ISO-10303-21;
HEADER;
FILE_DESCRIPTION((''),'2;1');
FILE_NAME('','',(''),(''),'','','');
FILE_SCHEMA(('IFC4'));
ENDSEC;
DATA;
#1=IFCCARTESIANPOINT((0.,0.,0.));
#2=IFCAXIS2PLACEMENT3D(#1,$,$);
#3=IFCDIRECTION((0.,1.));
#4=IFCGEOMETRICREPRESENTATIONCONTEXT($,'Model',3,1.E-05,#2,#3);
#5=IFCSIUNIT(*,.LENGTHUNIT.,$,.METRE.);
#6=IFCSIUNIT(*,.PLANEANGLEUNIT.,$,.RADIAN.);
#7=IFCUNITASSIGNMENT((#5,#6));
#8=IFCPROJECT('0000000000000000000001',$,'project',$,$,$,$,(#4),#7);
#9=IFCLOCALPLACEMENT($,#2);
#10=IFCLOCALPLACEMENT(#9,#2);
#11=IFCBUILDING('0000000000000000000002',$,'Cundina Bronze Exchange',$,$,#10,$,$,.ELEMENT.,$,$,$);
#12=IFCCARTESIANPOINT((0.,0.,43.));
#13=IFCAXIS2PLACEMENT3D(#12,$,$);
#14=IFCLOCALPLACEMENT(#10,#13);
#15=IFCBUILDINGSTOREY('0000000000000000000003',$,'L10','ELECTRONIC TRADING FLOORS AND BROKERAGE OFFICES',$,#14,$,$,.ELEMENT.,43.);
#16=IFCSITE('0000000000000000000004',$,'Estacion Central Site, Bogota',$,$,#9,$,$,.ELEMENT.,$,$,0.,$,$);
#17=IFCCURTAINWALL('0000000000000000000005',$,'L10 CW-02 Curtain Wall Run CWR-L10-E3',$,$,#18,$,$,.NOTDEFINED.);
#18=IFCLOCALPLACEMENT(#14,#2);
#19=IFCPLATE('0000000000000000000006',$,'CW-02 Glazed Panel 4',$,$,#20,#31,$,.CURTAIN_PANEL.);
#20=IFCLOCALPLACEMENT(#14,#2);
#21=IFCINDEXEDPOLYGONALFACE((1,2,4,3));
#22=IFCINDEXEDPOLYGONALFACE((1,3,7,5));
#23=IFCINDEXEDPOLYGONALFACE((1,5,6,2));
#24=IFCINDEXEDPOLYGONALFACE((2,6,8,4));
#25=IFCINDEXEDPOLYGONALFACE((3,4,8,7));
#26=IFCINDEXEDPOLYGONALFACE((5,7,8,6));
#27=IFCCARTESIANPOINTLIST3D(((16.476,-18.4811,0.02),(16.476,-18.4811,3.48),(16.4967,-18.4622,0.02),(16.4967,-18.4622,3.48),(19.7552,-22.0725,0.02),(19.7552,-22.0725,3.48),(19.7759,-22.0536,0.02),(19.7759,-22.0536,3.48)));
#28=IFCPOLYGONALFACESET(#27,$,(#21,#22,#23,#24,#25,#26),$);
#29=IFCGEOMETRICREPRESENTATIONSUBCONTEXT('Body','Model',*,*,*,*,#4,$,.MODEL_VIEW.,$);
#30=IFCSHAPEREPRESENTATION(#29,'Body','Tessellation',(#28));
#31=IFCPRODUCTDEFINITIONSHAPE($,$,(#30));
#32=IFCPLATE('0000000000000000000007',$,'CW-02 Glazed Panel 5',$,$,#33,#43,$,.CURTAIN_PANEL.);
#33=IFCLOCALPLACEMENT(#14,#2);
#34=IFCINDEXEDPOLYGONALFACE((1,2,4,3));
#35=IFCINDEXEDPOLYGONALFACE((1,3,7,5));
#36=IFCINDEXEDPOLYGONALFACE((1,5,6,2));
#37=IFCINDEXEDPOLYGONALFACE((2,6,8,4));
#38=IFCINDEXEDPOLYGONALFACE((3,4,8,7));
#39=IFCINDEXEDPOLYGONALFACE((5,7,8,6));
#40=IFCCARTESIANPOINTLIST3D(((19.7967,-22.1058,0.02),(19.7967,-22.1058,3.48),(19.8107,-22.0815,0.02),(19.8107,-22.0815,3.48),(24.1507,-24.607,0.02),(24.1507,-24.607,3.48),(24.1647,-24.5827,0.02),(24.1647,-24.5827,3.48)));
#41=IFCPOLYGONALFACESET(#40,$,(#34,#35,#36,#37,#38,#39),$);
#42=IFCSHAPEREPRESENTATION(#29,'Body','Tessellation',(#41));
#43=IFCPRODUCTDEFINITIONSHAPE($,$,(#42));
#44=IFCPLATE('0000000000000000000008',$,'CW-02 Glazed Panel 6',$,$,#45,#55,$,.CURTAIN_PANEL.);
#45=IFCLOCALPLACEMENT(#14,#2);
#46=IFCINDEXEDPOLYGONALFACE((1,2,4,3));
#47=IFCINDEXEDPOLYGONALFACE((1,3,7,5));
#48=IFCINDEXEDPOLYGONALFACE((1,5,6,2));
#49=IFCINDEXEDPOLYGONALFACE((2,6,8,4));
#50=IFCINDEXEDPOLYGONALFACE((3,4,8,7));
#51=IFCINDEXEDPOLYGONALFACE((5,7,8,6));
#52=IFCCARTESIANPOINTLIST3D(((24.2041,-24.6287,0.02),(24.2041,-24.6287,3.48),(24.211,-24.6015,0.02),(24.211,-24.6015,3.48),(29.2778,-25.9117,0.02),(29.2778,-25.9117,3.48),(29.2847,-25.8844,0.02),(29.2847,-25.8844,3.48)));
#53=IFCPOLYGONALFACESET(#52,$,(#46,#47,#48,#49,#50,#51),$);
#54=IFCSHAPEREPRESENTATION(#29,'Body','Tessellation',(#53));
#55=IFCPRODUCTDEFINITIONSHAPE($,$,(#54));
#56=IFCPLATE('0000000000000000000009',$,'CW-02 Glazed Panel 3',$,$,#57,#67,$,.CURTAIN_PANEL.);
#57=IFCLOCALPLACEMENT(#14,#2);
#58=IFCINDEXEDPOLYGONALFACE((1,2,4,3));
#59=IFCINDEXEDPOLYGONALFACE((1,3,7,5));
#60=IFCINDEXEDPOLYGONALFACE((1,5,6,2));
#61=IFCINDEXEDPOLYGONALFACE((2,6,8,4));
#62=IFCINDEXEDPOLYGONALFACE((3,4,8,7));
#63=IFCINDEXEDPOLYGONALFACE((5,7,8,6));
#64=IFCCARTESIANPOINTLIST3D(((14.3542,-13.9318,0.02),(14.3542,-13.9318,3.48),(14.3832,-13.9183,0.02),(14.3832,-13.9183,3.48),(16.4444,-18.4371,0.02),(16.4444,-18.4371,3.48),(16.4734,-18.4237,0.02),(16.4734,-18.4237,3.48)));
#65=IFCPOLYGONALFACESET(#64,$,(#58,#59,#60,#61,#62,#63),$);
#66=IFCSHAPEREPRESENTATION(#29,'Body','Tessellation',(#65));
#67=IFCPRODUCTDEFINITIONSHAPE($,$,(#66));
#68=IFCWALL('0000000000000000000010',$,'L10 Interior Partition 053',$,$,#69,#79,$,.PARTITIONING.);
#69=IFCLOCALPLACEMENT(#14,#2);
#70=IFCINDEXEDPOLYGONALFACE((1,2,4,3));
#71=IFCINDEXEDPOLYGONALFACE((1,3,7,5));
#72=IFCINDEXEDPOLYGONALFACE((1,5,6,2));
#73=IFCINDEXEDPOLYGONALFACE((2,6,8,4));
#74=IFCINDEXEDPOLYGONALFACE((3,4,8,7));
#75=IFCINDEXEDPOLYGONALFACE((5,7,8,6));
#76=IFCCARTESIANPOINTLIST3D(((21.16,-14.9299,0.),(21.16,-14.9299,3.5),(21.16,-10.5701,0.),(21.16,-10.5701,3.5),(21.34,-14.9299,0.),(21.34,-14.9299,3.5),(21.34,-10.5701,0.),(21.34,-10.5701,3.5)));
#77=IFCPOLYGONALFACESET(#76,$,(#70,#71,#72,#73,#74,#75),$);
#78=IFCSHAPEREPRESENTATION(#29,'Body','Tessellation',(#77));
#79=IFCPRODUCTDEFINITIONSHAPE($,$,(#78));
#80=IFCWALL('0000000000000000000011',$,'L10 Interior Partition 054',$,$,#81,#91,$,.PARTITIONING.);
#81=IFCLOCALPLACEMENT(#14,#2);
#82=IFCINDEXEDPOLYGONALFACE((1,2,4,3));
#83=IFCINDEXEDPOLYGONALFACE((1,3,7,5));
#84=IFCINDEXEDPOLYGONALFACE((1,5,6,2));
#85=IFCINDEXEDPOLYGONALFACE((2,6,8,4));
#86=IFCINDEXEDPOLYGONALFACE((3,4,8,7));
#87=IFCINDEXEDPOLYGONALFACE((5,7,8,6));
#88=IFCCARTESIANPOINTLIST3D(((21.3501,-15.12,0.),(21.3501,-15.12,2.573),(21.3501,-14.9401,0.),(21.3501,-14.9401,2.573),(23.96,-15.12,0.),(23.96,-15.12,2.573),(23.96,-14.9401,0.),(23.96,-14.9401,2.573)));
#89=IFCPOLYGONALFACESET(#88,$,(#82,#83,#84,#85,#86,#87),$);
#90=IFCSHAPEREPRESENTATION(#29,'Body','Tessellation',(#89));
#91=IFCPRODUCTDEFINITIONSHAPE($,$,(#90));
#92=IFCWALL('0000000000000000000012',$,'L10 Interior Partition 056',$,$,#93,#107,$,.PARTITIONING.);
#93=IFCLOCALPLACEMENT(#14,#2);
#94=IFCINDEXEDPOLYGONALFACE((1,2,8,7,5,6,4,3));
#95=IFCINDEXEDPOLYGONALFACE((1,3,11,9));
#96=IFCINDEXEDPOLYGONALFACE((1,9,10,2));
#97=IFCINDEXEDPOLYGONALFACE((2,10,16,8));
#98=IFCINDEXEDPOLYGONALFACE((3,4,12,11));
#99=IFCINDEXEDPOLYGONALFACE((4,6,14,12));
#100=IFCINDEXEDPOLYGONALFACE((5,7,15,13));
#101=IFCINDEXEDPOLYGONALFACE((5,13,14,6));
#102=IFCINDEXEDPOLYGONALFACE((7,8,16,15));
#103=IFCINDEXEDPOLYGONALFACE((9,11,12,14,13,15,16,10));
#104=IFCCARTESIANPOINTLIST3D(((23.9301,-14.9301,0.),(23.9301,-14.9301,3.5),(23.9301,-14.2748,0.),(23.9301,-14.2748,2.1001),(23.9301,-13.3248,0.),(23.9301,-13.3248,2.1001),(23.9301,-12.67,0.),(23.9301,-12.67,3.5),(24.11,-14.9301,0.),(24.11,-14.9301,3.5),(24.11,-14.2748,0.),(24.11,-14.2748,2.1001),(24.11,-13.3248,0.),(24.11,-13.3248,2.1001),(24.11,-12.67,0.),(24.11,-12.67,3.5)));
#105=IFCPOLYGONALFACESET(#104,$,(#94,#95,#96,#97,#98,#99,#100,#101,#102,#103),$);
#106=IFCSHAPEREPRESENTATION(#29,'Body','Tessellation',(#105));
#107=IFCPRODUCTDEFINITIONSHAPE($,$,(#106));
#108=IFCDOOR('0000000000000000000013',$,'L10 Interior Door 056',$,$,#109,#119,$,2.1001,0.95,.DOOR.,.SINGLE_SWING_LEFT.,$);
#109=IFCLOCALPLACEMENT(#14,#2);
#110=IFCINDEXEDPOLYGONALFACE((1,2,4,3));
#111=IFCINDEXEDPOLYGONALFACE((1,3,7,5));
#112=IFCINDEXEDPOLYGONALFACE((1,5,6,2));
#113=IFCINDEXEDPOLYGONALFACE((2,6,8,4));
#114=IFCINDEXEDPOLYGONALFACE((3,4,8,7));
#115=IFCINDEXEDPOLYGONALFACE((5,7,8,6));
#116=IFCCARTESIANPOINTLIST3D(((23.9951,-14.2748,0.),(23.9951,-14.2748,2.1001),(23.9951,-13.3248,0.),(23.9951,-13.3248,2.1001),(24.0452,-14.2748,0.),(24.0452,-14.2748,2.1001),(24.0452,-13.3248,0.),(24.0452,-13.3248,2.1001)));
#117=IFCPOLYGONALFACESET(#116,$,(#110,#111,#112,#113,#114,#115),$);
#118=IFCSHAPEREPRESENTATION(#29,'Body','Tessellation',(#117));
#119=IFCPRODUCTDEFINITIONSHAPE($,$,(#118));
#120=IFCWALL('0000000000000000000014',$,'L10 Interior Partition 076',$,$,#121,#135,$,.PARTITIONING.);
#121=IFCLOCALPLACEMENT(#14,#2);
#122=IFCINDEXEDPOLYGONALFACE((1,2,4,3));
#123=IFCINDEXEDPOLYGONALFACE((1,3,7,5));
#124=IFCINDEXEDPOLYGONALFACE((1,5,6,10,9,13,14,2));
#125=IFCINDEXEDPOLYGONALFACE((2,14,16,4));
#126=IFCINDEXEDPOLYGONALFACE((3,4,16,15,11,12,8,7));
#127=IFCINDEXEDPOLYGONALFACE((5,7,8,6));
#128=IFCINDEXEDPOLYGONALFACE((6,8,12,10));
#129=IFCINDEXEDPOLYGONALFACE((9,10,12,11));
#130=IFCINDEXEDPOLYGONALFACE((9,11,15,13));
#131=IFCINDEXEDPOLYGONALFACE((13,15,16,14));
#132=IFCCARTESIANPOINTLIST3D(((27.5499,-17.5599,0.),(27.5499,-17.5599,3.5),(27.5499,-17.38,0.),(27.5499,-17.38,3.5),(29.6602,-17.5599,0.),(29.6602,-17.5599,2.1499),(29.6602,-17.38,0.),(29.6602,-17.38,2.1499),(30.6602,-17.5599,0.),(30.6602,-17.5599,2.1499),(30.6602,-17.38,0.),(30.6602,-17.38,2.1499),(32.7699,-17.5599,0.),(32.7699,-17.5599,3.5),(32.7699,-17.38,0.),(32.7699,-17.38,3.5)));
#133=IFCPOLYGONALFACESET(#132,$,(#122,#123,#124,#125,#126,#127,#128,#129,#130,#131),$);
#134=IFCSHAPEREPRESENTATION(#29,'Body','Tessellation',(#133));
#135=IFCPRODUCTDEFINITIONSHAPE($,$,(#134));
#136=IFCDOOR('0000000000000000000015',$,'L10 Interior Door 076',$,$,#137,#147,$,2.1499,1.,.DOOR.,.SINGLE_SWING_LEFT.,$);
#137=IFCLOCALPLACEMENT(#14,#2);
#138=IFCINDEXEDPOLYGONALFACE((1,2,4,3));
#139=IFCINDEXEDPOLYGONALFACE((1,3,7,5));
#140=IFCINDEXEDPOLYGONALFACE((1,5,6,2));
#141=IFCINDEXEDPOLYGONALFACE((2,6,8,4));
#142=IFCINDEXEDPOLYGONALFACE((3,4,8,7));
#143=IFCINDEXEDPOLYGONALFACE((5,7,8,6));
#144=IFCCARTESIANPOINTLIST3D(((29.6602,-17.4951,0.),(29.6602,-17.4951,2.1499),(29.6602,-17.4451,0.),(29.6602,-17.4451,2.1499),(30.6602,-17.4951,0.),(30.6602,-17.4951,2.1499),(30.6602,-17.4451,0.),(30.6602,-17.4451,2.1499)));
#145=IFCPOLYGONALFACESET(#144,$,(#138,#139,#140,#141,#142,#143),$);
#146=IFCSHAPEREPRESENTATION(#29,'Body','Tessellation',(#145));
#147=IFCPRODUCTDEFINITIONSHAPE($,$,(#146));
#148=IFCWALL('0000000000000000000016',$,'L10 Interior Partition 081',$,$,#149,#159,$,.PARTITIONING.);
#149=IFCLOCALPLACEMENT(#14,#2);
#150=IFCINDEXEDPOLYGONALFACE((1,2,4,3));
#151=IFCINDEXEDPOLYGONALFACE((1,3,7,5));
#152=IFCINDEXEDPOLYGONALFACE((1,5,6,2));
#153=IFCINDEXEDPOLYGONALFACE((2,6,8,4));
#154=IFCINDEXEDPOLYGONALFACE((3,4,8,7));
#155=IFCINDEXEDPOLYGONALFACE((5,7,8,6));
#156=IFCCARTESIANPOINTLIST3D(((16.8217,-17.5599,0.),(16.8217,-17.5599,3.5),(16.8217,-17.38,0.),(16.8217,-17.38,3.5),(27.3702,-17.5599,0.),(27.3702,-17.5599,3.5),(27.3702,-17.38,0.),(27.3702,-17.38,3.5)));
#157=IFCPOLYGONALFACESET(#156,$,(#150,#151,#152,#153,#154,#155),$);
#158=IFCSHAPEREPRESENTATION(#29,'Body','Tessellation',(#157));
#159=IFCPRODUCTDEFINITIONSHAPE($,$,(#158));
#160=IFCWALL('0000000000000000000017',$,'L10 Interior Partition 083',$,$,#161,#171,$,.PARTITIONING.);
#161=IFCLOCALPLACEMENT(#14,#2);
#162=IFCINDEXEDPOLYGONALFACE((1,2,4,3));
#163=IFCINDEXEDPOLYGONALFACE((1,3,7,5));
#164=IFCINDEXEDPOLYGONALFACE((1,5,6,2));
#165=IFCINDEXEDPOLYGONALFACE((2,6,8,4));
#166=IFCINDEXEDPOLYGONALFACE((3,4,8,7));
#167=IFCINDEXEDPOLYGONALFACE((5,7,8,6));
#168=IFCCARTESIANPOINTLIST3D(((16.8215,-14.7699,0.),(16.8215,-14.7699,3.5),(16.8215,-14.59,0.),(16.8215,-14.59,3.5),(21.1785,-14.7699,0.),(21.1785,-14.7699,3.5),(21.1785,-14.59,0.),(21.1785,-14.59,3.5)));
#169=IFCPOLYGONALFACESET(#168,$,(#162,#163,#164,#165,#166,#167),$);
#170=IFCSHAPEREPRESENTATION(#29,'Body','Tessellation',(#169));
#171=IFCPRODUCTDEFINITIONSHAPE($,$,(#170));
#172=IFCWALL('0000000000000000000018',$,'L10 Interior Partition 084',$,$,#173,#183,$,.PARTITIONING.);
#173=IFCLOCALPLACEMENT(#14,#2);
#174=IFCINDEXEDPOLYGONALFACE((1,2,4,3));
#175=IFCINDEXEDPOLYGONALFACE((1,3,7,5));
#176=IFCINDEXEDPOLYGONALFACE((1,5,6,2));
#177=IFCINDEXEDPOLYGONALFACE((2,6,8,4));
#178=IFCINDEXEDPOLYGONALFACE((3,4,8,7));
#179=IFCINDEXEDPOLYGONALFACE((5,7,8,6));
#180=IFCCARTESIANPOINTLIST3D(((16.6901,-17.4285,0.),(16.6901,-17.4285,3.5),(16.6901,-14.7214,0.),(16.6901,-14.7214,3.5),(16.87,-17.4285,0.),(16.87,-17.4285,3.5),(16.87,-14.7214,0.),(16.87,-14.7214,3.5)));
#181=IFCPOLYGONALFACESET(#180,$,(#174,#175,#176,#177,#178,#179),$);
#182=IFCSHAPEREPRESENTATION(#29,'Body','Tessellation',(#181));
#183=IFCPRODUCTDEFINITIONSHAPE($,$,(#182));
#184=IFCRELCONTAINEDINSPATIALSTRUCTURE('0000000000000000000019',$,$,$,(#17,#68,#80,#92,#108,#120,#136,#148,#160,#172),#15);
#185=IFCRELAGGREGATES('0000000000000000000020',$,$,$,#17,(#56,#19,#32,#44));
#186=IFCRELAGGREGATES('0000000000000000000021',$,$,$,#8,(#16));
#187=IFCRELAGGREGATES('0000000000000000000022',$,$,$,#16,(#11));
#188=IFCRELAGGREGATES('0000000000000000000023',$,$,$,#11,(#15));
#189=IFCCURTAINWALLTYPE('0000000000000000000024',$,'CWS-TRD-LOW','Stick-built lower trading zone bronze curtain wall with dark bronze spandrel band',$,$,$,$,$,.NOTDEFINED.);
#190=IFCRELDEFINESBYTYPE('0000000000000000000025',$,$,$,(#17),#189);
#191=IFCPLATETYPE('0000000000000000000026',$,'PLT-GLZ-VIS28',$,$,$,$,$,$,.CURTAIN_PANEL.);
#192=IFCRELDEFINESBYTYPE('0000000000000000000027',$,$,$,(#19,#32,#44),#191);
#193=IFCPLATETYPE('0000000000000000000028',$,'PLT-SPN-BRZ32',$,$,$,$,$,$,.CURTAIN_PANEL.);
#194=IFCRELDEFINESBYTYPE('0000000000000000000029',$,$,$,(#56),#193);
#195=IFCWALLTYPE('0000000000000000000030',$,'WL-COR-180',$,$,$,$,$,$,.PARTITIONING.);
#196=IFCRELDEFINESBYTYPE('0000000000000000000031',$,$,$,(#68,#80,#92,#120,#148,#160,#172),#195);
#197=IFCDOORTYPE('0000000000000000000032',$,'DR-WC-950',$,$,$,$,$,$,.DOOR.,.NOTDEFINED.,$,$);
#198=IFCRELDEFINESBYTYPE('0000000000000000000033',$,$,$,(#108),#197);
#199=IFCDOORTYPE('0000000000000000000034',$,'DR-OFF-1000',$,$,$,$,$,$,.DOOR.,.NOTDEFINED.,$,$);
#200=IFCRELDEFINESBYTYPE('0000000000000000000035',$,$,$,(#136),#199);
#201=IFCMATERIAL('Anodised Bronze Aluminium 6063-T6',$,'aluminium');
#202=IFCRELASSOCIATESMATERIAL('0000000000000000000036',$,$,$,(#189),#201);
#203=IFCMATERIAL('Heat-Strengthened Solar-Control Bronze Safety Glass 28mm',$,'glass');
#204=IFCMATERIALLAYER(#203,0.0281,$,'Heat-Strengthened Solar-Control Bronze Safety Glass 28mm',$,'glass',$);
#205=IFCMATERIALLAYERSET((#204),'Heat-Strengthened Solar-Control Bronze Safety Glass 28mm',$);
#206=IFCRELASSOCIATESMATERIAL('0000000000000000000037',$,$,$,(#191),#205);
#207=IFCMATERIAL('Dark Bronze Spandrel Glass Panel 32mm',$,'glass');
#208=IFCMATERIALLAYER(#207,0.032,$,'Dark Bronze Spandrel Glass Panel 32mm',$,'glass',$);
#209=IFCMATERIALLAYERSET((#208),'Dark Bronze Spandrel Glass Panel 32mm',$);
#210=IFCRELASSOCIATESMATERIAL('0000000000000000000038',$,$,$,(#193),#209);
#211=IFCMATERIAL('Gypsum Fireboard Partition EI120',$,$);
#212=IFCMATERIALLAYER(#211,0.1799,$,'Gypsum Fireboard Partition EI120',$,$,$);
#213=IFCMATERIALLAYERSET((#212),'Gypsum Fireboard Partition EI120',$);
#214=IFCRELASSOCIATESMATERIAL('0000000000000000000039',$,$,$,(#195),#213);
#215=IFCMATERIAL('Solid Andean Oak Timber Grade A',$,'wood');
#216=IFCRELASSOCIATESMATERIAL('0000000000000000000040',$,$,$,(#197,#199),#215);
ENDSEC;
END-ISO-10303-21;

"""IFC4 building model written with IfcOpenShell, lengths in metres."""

from ifc_helpers import new_model, si_unit, direction, frame, frame_2d, origin, origin_2d, place, context, subcontext, project, spatial, rectangle, extrude, material, layer, layer_set, type_object, element, fill, aggregate, save


model = new_model("IFC4")

# Units and contexts
model_context = context("Model", 3, precision=1e-05, world=origin(), true_north=direction((0.0, 1.0)))
body_context = subcontext(model_context, "Body", "Model", "MODEL_VIEW")
ifc_project = project(units=[si_unit("LENGTHUNIT", "METRE"), si_unit("PLANEANGLEUNIT", "RADIAN")], contexts=[model_context])

# Site, building, storey
site_placement = place(None, origin())
site = spatial("IfcSite", under=ifc_project, at=site_placement, Name="Estacion Central Site, Bogota", CompositionType="ELEMENT", RefElevation=0.0)
building_placement = place(site_placement, origin())
building = spatial("IfcBuilding", under=site, at=building_placement, Name="Cundina Bronze Exchange", CompositionType="ELEMENT")
storey_placement = place(building_placement, frame((0.0, 0.0, 43.0)))
storey = spatial("IfcBuildingStorey", under=building, at=storey_placement, Name="L10", Description="ELECTRONIC TRADING FLOORS AND BROKERAGE OFFICES", CompositionType="ELEMENT", Elevation=43.0)

# Curtain wall, plates
ifc_material_1 = material(Name="Anodised Bronze Aluminium 6063-T6", Category="aluminium")
curtain_wall_type = type_object("IfcCurtainWallType", Name="CWS-TRD-LOW", Description="Stick-built lower trading zone bronze curtain wall with dark bronze spandrel band", PredefinedType="NOTDEFINED", material=ifc_material_1)
curtain_wall_placement = place(storey_placement, origin())
curtain_wall = element("IfcCurtainWall", 1, at=curtain_wall_placement, inside=storey, type_object=curtain_wall_type, Name="L10 CW-02 Curtain Wall Run CWR-L10-E3", PredefinedType="NOTDEFINED")
ifc_material_2 = material(Name="Heat-Strengthened Solar-Control Bronze Safety Glass 28mm", Category="glass")
ifc_layer_1 = layer(ifc_material_2, 0.0281, Name="Heat-Strengthened Solar-Control Bronze Safety Glass 28mm", Category="glass")
ifc_layer_set_1 = layer_set([ifc_layer_1], Name="Heat-Strengthened Solar-Control Bronze Safety Glass 28mm")
plate_type_1 = type_object("IfcPlateType", Name="PLT-GLZ-VIS28", PredefinedType="CURTAIN_PANEL", material=ifc_layer_set_1)
plate_1_placement = place(storey_placement, frame((18.126, -20.2673, 0.02), z_axis=(0.0, 0.0, 1.0), x_axis=(0.674277, -0.738479, 0.0)))
plate_1 = element("IfcPlate", 2, at=plate_1_placement, type_object=plate_type_1, Name="CW-02 Glazed Panel 4", PredefinedType="CURTAIN_PANEL", context=body_context, shape_type="SweptSolid", body=[
    extrude(rectangle(XDim=4.8633, YDim=0.0281, at=origin_2d()), origin(), (0.0, 0.0, 1.0), 3.46),
])
plate_2_placement = place(storey_placement, frame((21.9807, -23.3442, 0.02), z_axis=(0.0, 0.0, 1.0), x_axis=(0.867105, -0.498125, 0.0)))
plate_2 = element("IfcPlate", 3, at=plate_2_placement, type_object=plate_type_1, Name="CW-02 Glazed Panel 5", PredefinedType="CURTAIN_PANEL", context=body_context, shape_type="SweptSolid", body=[
    extrude(rectangle(XDim=5.0212, YDim=0.0281, at=origin_2d()), origin(), (0.0, 0.0, 1.0), 3.46),
])
plate_3_placement = place(storey_placement, frame((26.7444, -25.2566, 0.02), z_axis=(0.0, 0.0, 1.0), x_axis=(0.969488, -0.245138, 0.0)))
plate_3 = element("IfcPlate", 4, at=plate_3_placement, type_object=plate_type_1, Name="CW-02 Glazed Panel 6", PredefinedType="CURTAIN_PANEL", context=body_context, shape_type="SweptSolid", body=[
    extrude(rectangle(XDim=5.2334, YDim=0.0281, at=origin_2d()), origin(), (0.0, 0.0, 1.0), 3.46),
])
ifc_material_3 = material(Name="Dark Bronze Spandrel Glass Panel 32mm", Category="glass")
ifc_layer_2 = layer(ifc_material_3, 0.032, Name="Dark Bronze Spandrel Glass Panel 32mm", Category="glass")
ifc_layer_set_2 = layer_set([ifc_layer_2], Name="Dark Bronze Spandrel Glass Panel 32mm")
plate_type_2 = type_object("IfcPlateType", Name="PLT-SPN-BRZ32", PredefinedType="CURTAIN_PANEL", material=ifc_layer_set_2)
plate_4_placement = place(storey_placement, frame((15.4138, -16.1777, 0.02), z_axis=(0.0, 0.0, 1.0), x_axis=(0.420846, -0.907132, 0.0)))
plate_4 = element("IfcPlate", 5, at=plate_4_placement, type_object=plate_type_2, Name="CW-02 Glazed Panel 3", PredefinedType="CURTAIN_PANEL", context=body_context, shape_type="SweptSolid", body=[
    extrude(rectangle(XDim=4.9666, YDim=0.032, at=origin_2d()), origin(), (0.0, 0.0, 1.0), 3.46),
])
aggregate(curtain_wall, [plate_4, plate_1, plate_2, plate_3])

# Walls
ifc_material_4 = material(Name="Gypsum Fireboard Partition EI120")
ifc_layer_3 = layer(ifc_material_4, 0.1799, Name="Gypsum Fireboard Partition EI120")
ifc_layer_set_3 = layer_set([ifc_layer_3], Name="Gypsum Fireboard Partition EI120")
wall_type_1 = type_object("IfcWallType", Name="WL-COR-180", PredefinedType="PARTITIONING", material=ifc_layer_set_3)
wall_1_placement = place(storey_placement, frame((21.25, -14.9299, 0.0), z_axis=(0.0, 0.0, 1.0), x_axis=(0.0, 1.0, 0.0)))
element("IfcWall", 6, at=wall_1_placement, inside=storey, type_object=wall_type_1, Name="L10 Interior Partition 053", PredefinedType="PARTITIONING", context=body_context, shape_type="SweptSolid", body=[
    extrude(rectangle(XDim=4.3599, YDim=0.1799, at=frame_2d((2.1799, 0.0))), origin(), (0.0, 0.0, 1.0), 3.5),
])
wall_2_placement = place(storey_placement, frame((21.3501, -15.03, 0.0), z_axis=(0.0, 0.0, 1.0), x_axis=(1.0, 0.0, 0.0)))
element("IfcWall", 7, at=wall_2_placement, inside=storey, type_object=wall_type_1, Name="L10 Interior Partition 054", PredefinedType="PARTITIONING", context=body_context, shape_type="SweptSolid", body=[
    extrude(rectangle(XDim=2.6099, YDim=0.1799, at=frame_2d((1.3049, 0.0))), origin(), (0.0, 0.0, 1.0), 2.573),
])

# Walls, openings, doors
wall_3_placement = place(storey_placement, frame((24.02, -14.9299, 0.0), z_axis=(0.0, 0.0, 1.0), x_axis=(0.0, 1.0, 0.0)))
wall_3 = element("IfcWall", 8, at=wall_3_placement, inside=storey, type_object=wall_type_1, Name="L10 Interior Partition 056", PredefinedType="PARTITIONING", context=body_context, shape_type="SweptSolid", body=[
    extrude(rectangle(XDim=2.26, YDim=0.1799, at=frame_2d((1.1299, 0.0))), origin(), (0.0, 0.0, 1.0), 3.5),
])
opening_1_placement = place(wall_3_placement, frame((0.655, 0.0, 0.0)))
opening_1 = element("IfcOpeningElement", 9, at=opening_1_placement, cuts=wall_3, PredefinedType="OPENING", context=body_context, shape_type="SweptSolid", body=[
    extrude(rectangle(XDim=0.95, YDim=2.1001, at=frame_2d((0.4751, 1.05))), frame((0.0, 0.0999, 0.0), z_axis=(0.0, -1.0, 0.0), x_axis=(1.0, 0.0, 0.0)), (0.0, 0.0, 1.0), 0.2),
])
ifc_material_5 = material(Name="Solid Andean Oak Timber Grade A", Category="wood")
door_type_1 = type_object("IfcDoorType", Name="DR-WC-950", OperationType="NOTDEFINED", PredefinedType="DOOR", material=ifc_material_5)
door_1_placement = place(opening_1_placement, origin())
door_1 = element("IfcDoor", 10, at=door_1_placement, inside=storey, type_object=door_type_1, Name="L10 Interior Door 056", OperationType="SINGLE_SWING_LEFT", OverallHeight=2.1001, OverallWidth=0.95, PredefinedType="DOOR", context=body_context, shape_type="SweptSolid", body=[
    extrude(rectangle(XDim=0.95, YDim=2.1001, at=frame_2d((0.4751, 1.05))), frame((0.0, 0.0249, 0.0), z_axis=(0.0, -1.0, 0.0), x_axis=(1.0, 0.0, 0.0)), (0.0, 0.0, 1.0), 0.05),
])
fill(opening_1, door_1)
wall_4_placement = place(storey_placement, frame((27.55, -17.47, 0.0), z_axis=(0.0, 0.0, 1.0), x_axis=(1.0, 0.0, 0.0)))
wall_4 = element("IfcWall", 11, at=wall_4_placement, inside=storey, type_object=wall_type_1, Name="L10 Interior Partition 076", PredefinedType="PARTITIONING", context=body_context, shape_type="SweptSolid", body=[
    extrude(rectangle(XDim=5.22, YDim=0.1799, at=frame_2d((2.6099, 0.0))), origin(), (0.0, 0.0, 1.0), 3.5),
])
opening_2_placement = place(wall_4_placement, frame((2.1101, 0.0, 0.0)))
opening_2 = element("IfcOpeningElement", 12, at=opening_2_placement, cuts=wall_4, PredefinedType="OPENING", context=body_context, shape_type="SweptSolid", body=[
    extrude(rectangle(XDim=1.0, YDim=2.1499, at=frame_2d((0.5, 1.075))), frame((0.0, 0.0999, 0.0), z_axis=(0.0, -1.0, 0.0), x_axis=(1.0, 0.0, 0.0)), (0.0, 0.0, 1.0), 0.2),
])
door_type_2 = type_object("IfcDoorType", Name="DR-OFF-1000", OperationType="NOTDEFINED", PredefinedType="DOOR", material=ifc_material_5)
door_2_placement = place(opening_2_placement, origin())
door_2 = element("IfcDoor", 13, at=door_2_placement, inside=storey, type_object=door_type_2, Name="L10 Interior Door 076", OperationType="SINGLE_SWING_LEFT", OverallHeight=2.1499, OverallWidth=1.0, PredefinedType="DOOR", context=body_context, shape_type="SweptSolid", body=[
    extrude(rectangle(XDim=1.0, YDim=2.1499, at=frame_2d((0.5, 1.075))), frame((0.0, 0.0249, 0.0), z_axis=(0.0, -1.0, 0.0), x_axis=(1.0, 0.0, 0.0)), (0.0, 0.0, 1.0), 0.05),
])
fill(opening_2, door_2)

# Walls
wall_5_placement = place(storey_placement, frame((16.8215, -17.47, 0.0), z_axis=(0.0, 0.0, 1.0), x_axis=(1.0, 0.0, 0.0)))
element("IfcWall", 14, at=wall_5_placement, inside=storey, type_object=wall_type_1, Name="L10 Interior Partition 081", PredefinedType="PARTITIONING", context=body_context, shape_type="SweptSolid", body=[
    extrude(rectangle(XDim=10.5486, YDim=0.1799, at=frame_2d((5.2744, 0.0))), origin(), (0.0, 0.0, 1.0), 3.5),
])
wall_6_placement = place(storey_placement, frame((21.1785, -14.6799, 0.0), z_axis=(0.0, 0.0, 1.0), x_axis=(-1.0, 0.0, 0.0)))
element("IfcWall", 15, at=wall_6_placement, inside=storey, type_object=wall_type_1, Name="L10 Interior Partition 083", PredefinedType="PARTITIONING", context=body_context, shape_type="SweptSolid", body=[
    extrude(rectangle(XDim=4.3569, YDim=0.1799, at=frame_2d((2.1785, 0.0))), origin(), (0.0, 0.0, 1.0), 3.5),
])
wall_7_placement = place(storey_placement, frame((16.78, -14.7214, 0.0), z_axis=(0.0, 0.0, 1.0), x_axis=(0.0, -1.0, 0.0)))
element("IfcWall", 16, at=wall_7_placement, inside=storey, type_object=wall_type_1, Name="L10 Interior Partition 084", PredefinedType="PARTITIONING", context=body_context, shape_type="SweptSolid", body=[
    extrude(rectangle(XDim=2.707, YDim=0.1799, at=frame_2d((1.3535, 0.0))), origin(), (0.0, 0.0, 1.0), 3.5),
])

save(model, "model.ifc")
